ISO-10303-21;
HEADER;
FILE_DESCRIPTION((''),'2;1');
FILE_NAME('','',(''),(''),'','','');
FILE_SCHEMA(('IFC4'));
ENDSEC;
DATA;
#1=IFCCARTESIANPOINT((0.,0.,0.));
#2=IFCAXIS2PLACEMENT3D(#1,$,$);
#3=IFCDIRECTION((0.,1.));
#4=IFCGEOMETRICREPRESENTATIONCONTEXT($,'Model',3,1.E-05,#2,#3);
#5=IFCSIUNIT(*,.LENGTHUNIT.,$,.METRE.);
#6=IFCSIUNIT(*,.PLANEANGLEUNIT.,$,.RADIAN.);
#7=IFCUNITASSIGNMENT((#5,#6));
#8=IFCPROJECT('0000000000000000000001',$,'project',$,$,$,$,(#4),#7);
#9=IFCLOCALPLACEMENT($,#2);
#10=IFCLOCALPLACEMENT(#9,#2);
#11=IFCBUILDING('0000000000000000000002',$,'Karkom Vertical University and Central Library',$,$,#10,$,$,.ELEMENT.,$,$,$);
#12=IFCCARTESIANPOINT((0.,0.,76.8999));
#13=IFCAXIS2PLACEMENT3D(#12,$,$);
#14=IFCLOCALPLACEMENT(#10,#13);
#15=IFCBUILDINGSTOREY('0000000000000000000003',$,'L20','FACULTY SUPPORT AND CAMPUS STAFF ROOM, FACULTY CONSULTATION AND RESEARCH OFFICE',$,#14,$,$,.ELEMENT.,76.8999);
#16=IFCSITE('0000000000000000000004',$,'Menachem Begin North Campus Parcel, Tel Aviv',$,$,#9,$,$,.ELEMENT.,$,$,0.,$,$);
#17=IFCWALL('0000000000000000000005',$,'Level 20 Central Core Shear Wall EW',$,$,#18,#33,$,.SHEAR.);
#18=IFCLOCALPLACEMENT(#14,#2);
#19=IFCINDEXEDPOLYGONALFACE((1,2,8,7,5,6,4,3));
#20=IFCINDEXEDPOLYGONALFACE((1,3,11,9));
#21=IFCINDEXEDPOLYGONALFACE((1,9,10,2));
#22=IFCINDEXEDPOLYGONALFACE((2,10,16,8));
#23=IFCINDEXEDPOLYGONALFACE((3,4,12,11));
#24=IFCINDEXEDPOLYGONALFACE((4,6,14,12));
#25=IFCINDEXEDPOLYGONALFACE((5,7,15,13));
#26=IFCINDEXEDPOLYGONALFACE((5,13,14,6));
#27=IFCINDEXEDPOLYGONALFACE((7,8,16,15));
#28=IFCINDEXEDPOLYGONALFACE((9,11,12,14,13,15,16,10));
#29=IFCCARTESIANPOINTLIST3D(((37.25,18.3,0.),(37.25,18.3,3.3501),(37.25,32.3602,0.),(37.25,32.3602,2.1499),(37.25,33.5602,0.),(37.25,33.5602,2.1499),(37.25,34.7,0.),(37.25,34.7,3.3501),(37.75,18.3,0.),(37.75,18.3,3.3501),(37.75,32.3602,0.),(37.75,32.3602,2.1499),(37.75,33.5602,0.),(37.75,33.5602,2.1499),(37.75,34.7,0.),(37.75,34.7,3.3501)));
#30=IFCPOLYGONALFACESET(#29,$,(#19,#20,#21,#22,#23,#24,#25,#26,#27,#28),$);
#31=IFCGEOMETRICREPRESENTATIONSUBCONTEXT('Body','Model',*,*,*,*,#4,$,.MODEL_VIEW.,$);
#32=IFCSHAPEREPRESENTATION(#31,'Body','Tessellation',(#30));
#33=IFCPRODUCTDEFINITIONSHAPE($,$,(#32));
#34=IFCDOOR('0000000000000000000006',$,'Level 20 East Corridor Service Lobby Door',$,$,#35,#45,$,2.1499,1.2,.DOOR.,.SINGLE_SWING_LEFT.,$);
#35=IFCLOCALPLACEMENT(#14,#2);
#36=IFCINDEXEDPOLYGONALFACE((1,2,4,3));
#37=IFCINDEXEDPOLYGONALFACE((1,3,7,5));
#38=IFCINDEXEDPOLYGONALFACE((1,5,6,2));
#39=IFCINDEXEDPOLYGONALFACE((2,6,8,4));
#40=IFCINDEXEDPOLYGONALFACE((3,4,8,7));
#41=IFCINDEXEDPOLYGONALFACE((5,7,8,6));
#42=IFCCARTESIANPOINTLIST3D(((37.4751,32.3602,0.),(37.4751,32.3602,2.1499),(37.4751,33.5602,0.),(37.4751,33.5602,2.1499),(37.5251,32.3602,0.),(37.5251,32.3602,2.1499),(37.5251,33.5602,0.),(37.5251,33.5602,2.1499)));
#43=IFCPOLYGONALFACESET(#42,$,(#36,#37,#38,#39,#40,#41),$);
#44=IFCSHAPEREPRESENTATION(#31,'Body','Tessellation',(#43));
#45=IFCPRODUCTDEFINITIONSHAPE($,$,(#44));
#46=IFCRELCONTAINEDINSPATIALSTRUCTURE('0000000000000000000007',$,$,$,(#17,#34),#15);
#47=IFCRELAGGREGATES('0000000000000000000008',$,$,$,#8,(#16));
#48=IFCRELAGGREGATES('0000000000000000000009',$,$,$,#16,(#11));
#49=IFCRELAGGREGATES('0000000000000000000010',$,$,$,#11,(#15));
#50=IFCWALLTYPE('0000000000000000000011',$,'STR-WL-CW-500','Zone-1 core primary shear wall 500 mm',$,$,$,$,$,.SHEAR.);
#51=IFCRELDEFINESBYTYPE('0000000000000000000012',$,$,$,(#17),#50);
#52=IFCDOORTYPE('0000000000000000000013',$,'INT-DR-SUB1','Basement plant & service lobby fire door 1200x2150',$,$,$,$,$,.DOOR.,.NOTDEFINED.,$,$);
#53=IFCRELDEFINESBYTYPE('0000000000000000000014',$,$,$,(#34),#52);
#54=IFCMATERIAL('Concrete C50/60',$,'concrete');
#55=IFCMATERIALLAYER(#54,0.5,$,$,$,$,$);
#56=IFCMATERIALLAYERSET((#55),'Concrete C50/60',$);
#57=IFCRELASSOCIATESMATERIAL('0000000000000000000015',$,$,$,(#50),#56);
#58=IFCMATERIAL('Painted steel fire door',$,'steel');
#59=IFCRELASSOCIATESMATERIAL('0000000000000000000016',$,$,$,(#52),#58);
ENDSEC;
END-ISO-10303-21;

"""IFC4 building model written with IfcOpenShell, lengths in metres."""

from ifc_helpers import new_model, si_unit, direction, frame, frame_2d, origin, origin_with_axes, place, context, subcontext, project, spatial, rectangle, extrude, source, transform, mapped, material, layer, layer_set, type_object, element, fill, save


model = new_model("IFC4")

# Units and contexts
model_context = context("Model", 3, precision=1e-05, world=origin(), true_north=direction((0.0, 1.0)))
body_context = subcontext(model_context, "Body", "Model", "MODEL_VIEW")
ifc_project = project(units=[si_unit("LENGTHUNIT", "METRE"), si_unit("PLANEANGLEUNIT", "RADIAN")], contexts=[model_context])

# Site, building, storey
site_placement = place(None, origin())
site = spatial("IfcSite", under=ifc_project, at=site_placement, Name="Menachem Begin North Campus Parcel, Tel Aviv", CompositionType="ELEMENT", RefElevation=0.0)
building_placement = place(site_placement, origin())
building = spatial("IfcBuilding", under=site, at=building_placement, Name="Karkom Vertical University and Central Library", CompositionType="ELEMENT")
storey_placement = place(building_placement, frame((0.0, 0.0, 76.8999)))
storey = spatial("IfcBuildingStorey", under=building, at=storey_placement, Name="L20", Description="FACULTY SUPPORT AND CAMPUS STAFF ROOM, FACULTY CONSULTATION AND RESEARCH OFFICE", CompositionType="ELEMENT", Elevation=76.8999)

# Shared definitions
ifc_material_1 = material(Name="Concrete C50/60", Category="concrete")

# Wall, opening, door
ifc_layer_1 = layer(ifc_material_1, 0.5)
ifc_layer_set_1 = layer_set([ifc_layer_1], Name="Concrete C50/60")
wall_type_1 = type_object("IfcWallType", Name="STR-WL-CW-500", Description="Zone-1 core primary shear wall 500 mm", PredefinedType="SHEAR", material=ifc_layer_set_1)
wall_1_placement = place(storey_placement, frame((37.5, 18.3, 0.0), z_axis=(0.0, 0.0, 1.0), x_axis=(0.0, 1.0, 0.0)))
wall_1 = element("IfcWall", 1, at=wall_1_placement, inside=storey, type_object=wall_type_1, Name="Level 20 Central Core Shear Wall EW", PredefinedType="SHEAR", context=body_context, shape_type="SweptSolid", body=[
    extrude(rectangle(XDim=16.3999, YDim=0.5, at=frame_2d((8.2, 0.0))), origin(), (0.0, 0.0, 1.0), 3.3501),
])
opening_1_placement = place(wall_1_placement, frame((14.0601, 0.0, 0.0)))
opening_1 = element("IfcOpeningElement", 2, at=opening_1_placement, cuts=wall_1, PredefinedType="OPENING", context=body_context, shape_type="SweptSolid", body=[
    extrude(rectangle(XDim=1.2, YDim=2.1499, at=frame_2d((0.6001, 1.075))), frame((0.0, 0.26, 0.0), z_axis=(0.0, -1.0, 0.0), x_axis=(1.0, 0.0, 0.0)), (0.0, 0.0, 1.0), 0.52),
])
ifc_material_2 = material(Name="Painted steel fire door", Category="steel")
door_type_1 = type_object("IfcDoorType", Name="INT-DR-SUB1", Description="Basement plant & service lobby fire door 1200x2150", OperationType="NOTDEFINED", PredefinedType="DOOR", material=ifc_material_2)
shared_shape_1 = source(origin_with_axes(), body_context, "Body", "SweptSolid", [
    extrude(rectangle(XDim=1.2, YDim=2.1499, at=frame_2d((0.6001, 1.075))), frame((0.0, 0.0249, 0.0), z_axis=(0.0, -1.0, 0.0), x_axis=(1.0, 0.0, 0.0)), (0.0, 0.0, 1.0), 0.05),
])
door_1_placement = place(opening_1_placement, origin())
door_1 = element("IfcDoor", 3, at=door_1_placement, inside=storey, type_object=door_type_1, Name="Level 20 East Corridor Service Lobby Door", OperationType="SINGLE_SWING_LEFT", OverallHeight=2.1499, OverallWidth=1.2, PredefinedType="DOOR", context=body_context, shape_type="MappedRepresentation", body=[
    mapped(shared_shape_1, transform((0.0, 0.0, 0.0), scale=1.0)),
])
fill(opening_1, door_1)

save(model, "model.ifc")
